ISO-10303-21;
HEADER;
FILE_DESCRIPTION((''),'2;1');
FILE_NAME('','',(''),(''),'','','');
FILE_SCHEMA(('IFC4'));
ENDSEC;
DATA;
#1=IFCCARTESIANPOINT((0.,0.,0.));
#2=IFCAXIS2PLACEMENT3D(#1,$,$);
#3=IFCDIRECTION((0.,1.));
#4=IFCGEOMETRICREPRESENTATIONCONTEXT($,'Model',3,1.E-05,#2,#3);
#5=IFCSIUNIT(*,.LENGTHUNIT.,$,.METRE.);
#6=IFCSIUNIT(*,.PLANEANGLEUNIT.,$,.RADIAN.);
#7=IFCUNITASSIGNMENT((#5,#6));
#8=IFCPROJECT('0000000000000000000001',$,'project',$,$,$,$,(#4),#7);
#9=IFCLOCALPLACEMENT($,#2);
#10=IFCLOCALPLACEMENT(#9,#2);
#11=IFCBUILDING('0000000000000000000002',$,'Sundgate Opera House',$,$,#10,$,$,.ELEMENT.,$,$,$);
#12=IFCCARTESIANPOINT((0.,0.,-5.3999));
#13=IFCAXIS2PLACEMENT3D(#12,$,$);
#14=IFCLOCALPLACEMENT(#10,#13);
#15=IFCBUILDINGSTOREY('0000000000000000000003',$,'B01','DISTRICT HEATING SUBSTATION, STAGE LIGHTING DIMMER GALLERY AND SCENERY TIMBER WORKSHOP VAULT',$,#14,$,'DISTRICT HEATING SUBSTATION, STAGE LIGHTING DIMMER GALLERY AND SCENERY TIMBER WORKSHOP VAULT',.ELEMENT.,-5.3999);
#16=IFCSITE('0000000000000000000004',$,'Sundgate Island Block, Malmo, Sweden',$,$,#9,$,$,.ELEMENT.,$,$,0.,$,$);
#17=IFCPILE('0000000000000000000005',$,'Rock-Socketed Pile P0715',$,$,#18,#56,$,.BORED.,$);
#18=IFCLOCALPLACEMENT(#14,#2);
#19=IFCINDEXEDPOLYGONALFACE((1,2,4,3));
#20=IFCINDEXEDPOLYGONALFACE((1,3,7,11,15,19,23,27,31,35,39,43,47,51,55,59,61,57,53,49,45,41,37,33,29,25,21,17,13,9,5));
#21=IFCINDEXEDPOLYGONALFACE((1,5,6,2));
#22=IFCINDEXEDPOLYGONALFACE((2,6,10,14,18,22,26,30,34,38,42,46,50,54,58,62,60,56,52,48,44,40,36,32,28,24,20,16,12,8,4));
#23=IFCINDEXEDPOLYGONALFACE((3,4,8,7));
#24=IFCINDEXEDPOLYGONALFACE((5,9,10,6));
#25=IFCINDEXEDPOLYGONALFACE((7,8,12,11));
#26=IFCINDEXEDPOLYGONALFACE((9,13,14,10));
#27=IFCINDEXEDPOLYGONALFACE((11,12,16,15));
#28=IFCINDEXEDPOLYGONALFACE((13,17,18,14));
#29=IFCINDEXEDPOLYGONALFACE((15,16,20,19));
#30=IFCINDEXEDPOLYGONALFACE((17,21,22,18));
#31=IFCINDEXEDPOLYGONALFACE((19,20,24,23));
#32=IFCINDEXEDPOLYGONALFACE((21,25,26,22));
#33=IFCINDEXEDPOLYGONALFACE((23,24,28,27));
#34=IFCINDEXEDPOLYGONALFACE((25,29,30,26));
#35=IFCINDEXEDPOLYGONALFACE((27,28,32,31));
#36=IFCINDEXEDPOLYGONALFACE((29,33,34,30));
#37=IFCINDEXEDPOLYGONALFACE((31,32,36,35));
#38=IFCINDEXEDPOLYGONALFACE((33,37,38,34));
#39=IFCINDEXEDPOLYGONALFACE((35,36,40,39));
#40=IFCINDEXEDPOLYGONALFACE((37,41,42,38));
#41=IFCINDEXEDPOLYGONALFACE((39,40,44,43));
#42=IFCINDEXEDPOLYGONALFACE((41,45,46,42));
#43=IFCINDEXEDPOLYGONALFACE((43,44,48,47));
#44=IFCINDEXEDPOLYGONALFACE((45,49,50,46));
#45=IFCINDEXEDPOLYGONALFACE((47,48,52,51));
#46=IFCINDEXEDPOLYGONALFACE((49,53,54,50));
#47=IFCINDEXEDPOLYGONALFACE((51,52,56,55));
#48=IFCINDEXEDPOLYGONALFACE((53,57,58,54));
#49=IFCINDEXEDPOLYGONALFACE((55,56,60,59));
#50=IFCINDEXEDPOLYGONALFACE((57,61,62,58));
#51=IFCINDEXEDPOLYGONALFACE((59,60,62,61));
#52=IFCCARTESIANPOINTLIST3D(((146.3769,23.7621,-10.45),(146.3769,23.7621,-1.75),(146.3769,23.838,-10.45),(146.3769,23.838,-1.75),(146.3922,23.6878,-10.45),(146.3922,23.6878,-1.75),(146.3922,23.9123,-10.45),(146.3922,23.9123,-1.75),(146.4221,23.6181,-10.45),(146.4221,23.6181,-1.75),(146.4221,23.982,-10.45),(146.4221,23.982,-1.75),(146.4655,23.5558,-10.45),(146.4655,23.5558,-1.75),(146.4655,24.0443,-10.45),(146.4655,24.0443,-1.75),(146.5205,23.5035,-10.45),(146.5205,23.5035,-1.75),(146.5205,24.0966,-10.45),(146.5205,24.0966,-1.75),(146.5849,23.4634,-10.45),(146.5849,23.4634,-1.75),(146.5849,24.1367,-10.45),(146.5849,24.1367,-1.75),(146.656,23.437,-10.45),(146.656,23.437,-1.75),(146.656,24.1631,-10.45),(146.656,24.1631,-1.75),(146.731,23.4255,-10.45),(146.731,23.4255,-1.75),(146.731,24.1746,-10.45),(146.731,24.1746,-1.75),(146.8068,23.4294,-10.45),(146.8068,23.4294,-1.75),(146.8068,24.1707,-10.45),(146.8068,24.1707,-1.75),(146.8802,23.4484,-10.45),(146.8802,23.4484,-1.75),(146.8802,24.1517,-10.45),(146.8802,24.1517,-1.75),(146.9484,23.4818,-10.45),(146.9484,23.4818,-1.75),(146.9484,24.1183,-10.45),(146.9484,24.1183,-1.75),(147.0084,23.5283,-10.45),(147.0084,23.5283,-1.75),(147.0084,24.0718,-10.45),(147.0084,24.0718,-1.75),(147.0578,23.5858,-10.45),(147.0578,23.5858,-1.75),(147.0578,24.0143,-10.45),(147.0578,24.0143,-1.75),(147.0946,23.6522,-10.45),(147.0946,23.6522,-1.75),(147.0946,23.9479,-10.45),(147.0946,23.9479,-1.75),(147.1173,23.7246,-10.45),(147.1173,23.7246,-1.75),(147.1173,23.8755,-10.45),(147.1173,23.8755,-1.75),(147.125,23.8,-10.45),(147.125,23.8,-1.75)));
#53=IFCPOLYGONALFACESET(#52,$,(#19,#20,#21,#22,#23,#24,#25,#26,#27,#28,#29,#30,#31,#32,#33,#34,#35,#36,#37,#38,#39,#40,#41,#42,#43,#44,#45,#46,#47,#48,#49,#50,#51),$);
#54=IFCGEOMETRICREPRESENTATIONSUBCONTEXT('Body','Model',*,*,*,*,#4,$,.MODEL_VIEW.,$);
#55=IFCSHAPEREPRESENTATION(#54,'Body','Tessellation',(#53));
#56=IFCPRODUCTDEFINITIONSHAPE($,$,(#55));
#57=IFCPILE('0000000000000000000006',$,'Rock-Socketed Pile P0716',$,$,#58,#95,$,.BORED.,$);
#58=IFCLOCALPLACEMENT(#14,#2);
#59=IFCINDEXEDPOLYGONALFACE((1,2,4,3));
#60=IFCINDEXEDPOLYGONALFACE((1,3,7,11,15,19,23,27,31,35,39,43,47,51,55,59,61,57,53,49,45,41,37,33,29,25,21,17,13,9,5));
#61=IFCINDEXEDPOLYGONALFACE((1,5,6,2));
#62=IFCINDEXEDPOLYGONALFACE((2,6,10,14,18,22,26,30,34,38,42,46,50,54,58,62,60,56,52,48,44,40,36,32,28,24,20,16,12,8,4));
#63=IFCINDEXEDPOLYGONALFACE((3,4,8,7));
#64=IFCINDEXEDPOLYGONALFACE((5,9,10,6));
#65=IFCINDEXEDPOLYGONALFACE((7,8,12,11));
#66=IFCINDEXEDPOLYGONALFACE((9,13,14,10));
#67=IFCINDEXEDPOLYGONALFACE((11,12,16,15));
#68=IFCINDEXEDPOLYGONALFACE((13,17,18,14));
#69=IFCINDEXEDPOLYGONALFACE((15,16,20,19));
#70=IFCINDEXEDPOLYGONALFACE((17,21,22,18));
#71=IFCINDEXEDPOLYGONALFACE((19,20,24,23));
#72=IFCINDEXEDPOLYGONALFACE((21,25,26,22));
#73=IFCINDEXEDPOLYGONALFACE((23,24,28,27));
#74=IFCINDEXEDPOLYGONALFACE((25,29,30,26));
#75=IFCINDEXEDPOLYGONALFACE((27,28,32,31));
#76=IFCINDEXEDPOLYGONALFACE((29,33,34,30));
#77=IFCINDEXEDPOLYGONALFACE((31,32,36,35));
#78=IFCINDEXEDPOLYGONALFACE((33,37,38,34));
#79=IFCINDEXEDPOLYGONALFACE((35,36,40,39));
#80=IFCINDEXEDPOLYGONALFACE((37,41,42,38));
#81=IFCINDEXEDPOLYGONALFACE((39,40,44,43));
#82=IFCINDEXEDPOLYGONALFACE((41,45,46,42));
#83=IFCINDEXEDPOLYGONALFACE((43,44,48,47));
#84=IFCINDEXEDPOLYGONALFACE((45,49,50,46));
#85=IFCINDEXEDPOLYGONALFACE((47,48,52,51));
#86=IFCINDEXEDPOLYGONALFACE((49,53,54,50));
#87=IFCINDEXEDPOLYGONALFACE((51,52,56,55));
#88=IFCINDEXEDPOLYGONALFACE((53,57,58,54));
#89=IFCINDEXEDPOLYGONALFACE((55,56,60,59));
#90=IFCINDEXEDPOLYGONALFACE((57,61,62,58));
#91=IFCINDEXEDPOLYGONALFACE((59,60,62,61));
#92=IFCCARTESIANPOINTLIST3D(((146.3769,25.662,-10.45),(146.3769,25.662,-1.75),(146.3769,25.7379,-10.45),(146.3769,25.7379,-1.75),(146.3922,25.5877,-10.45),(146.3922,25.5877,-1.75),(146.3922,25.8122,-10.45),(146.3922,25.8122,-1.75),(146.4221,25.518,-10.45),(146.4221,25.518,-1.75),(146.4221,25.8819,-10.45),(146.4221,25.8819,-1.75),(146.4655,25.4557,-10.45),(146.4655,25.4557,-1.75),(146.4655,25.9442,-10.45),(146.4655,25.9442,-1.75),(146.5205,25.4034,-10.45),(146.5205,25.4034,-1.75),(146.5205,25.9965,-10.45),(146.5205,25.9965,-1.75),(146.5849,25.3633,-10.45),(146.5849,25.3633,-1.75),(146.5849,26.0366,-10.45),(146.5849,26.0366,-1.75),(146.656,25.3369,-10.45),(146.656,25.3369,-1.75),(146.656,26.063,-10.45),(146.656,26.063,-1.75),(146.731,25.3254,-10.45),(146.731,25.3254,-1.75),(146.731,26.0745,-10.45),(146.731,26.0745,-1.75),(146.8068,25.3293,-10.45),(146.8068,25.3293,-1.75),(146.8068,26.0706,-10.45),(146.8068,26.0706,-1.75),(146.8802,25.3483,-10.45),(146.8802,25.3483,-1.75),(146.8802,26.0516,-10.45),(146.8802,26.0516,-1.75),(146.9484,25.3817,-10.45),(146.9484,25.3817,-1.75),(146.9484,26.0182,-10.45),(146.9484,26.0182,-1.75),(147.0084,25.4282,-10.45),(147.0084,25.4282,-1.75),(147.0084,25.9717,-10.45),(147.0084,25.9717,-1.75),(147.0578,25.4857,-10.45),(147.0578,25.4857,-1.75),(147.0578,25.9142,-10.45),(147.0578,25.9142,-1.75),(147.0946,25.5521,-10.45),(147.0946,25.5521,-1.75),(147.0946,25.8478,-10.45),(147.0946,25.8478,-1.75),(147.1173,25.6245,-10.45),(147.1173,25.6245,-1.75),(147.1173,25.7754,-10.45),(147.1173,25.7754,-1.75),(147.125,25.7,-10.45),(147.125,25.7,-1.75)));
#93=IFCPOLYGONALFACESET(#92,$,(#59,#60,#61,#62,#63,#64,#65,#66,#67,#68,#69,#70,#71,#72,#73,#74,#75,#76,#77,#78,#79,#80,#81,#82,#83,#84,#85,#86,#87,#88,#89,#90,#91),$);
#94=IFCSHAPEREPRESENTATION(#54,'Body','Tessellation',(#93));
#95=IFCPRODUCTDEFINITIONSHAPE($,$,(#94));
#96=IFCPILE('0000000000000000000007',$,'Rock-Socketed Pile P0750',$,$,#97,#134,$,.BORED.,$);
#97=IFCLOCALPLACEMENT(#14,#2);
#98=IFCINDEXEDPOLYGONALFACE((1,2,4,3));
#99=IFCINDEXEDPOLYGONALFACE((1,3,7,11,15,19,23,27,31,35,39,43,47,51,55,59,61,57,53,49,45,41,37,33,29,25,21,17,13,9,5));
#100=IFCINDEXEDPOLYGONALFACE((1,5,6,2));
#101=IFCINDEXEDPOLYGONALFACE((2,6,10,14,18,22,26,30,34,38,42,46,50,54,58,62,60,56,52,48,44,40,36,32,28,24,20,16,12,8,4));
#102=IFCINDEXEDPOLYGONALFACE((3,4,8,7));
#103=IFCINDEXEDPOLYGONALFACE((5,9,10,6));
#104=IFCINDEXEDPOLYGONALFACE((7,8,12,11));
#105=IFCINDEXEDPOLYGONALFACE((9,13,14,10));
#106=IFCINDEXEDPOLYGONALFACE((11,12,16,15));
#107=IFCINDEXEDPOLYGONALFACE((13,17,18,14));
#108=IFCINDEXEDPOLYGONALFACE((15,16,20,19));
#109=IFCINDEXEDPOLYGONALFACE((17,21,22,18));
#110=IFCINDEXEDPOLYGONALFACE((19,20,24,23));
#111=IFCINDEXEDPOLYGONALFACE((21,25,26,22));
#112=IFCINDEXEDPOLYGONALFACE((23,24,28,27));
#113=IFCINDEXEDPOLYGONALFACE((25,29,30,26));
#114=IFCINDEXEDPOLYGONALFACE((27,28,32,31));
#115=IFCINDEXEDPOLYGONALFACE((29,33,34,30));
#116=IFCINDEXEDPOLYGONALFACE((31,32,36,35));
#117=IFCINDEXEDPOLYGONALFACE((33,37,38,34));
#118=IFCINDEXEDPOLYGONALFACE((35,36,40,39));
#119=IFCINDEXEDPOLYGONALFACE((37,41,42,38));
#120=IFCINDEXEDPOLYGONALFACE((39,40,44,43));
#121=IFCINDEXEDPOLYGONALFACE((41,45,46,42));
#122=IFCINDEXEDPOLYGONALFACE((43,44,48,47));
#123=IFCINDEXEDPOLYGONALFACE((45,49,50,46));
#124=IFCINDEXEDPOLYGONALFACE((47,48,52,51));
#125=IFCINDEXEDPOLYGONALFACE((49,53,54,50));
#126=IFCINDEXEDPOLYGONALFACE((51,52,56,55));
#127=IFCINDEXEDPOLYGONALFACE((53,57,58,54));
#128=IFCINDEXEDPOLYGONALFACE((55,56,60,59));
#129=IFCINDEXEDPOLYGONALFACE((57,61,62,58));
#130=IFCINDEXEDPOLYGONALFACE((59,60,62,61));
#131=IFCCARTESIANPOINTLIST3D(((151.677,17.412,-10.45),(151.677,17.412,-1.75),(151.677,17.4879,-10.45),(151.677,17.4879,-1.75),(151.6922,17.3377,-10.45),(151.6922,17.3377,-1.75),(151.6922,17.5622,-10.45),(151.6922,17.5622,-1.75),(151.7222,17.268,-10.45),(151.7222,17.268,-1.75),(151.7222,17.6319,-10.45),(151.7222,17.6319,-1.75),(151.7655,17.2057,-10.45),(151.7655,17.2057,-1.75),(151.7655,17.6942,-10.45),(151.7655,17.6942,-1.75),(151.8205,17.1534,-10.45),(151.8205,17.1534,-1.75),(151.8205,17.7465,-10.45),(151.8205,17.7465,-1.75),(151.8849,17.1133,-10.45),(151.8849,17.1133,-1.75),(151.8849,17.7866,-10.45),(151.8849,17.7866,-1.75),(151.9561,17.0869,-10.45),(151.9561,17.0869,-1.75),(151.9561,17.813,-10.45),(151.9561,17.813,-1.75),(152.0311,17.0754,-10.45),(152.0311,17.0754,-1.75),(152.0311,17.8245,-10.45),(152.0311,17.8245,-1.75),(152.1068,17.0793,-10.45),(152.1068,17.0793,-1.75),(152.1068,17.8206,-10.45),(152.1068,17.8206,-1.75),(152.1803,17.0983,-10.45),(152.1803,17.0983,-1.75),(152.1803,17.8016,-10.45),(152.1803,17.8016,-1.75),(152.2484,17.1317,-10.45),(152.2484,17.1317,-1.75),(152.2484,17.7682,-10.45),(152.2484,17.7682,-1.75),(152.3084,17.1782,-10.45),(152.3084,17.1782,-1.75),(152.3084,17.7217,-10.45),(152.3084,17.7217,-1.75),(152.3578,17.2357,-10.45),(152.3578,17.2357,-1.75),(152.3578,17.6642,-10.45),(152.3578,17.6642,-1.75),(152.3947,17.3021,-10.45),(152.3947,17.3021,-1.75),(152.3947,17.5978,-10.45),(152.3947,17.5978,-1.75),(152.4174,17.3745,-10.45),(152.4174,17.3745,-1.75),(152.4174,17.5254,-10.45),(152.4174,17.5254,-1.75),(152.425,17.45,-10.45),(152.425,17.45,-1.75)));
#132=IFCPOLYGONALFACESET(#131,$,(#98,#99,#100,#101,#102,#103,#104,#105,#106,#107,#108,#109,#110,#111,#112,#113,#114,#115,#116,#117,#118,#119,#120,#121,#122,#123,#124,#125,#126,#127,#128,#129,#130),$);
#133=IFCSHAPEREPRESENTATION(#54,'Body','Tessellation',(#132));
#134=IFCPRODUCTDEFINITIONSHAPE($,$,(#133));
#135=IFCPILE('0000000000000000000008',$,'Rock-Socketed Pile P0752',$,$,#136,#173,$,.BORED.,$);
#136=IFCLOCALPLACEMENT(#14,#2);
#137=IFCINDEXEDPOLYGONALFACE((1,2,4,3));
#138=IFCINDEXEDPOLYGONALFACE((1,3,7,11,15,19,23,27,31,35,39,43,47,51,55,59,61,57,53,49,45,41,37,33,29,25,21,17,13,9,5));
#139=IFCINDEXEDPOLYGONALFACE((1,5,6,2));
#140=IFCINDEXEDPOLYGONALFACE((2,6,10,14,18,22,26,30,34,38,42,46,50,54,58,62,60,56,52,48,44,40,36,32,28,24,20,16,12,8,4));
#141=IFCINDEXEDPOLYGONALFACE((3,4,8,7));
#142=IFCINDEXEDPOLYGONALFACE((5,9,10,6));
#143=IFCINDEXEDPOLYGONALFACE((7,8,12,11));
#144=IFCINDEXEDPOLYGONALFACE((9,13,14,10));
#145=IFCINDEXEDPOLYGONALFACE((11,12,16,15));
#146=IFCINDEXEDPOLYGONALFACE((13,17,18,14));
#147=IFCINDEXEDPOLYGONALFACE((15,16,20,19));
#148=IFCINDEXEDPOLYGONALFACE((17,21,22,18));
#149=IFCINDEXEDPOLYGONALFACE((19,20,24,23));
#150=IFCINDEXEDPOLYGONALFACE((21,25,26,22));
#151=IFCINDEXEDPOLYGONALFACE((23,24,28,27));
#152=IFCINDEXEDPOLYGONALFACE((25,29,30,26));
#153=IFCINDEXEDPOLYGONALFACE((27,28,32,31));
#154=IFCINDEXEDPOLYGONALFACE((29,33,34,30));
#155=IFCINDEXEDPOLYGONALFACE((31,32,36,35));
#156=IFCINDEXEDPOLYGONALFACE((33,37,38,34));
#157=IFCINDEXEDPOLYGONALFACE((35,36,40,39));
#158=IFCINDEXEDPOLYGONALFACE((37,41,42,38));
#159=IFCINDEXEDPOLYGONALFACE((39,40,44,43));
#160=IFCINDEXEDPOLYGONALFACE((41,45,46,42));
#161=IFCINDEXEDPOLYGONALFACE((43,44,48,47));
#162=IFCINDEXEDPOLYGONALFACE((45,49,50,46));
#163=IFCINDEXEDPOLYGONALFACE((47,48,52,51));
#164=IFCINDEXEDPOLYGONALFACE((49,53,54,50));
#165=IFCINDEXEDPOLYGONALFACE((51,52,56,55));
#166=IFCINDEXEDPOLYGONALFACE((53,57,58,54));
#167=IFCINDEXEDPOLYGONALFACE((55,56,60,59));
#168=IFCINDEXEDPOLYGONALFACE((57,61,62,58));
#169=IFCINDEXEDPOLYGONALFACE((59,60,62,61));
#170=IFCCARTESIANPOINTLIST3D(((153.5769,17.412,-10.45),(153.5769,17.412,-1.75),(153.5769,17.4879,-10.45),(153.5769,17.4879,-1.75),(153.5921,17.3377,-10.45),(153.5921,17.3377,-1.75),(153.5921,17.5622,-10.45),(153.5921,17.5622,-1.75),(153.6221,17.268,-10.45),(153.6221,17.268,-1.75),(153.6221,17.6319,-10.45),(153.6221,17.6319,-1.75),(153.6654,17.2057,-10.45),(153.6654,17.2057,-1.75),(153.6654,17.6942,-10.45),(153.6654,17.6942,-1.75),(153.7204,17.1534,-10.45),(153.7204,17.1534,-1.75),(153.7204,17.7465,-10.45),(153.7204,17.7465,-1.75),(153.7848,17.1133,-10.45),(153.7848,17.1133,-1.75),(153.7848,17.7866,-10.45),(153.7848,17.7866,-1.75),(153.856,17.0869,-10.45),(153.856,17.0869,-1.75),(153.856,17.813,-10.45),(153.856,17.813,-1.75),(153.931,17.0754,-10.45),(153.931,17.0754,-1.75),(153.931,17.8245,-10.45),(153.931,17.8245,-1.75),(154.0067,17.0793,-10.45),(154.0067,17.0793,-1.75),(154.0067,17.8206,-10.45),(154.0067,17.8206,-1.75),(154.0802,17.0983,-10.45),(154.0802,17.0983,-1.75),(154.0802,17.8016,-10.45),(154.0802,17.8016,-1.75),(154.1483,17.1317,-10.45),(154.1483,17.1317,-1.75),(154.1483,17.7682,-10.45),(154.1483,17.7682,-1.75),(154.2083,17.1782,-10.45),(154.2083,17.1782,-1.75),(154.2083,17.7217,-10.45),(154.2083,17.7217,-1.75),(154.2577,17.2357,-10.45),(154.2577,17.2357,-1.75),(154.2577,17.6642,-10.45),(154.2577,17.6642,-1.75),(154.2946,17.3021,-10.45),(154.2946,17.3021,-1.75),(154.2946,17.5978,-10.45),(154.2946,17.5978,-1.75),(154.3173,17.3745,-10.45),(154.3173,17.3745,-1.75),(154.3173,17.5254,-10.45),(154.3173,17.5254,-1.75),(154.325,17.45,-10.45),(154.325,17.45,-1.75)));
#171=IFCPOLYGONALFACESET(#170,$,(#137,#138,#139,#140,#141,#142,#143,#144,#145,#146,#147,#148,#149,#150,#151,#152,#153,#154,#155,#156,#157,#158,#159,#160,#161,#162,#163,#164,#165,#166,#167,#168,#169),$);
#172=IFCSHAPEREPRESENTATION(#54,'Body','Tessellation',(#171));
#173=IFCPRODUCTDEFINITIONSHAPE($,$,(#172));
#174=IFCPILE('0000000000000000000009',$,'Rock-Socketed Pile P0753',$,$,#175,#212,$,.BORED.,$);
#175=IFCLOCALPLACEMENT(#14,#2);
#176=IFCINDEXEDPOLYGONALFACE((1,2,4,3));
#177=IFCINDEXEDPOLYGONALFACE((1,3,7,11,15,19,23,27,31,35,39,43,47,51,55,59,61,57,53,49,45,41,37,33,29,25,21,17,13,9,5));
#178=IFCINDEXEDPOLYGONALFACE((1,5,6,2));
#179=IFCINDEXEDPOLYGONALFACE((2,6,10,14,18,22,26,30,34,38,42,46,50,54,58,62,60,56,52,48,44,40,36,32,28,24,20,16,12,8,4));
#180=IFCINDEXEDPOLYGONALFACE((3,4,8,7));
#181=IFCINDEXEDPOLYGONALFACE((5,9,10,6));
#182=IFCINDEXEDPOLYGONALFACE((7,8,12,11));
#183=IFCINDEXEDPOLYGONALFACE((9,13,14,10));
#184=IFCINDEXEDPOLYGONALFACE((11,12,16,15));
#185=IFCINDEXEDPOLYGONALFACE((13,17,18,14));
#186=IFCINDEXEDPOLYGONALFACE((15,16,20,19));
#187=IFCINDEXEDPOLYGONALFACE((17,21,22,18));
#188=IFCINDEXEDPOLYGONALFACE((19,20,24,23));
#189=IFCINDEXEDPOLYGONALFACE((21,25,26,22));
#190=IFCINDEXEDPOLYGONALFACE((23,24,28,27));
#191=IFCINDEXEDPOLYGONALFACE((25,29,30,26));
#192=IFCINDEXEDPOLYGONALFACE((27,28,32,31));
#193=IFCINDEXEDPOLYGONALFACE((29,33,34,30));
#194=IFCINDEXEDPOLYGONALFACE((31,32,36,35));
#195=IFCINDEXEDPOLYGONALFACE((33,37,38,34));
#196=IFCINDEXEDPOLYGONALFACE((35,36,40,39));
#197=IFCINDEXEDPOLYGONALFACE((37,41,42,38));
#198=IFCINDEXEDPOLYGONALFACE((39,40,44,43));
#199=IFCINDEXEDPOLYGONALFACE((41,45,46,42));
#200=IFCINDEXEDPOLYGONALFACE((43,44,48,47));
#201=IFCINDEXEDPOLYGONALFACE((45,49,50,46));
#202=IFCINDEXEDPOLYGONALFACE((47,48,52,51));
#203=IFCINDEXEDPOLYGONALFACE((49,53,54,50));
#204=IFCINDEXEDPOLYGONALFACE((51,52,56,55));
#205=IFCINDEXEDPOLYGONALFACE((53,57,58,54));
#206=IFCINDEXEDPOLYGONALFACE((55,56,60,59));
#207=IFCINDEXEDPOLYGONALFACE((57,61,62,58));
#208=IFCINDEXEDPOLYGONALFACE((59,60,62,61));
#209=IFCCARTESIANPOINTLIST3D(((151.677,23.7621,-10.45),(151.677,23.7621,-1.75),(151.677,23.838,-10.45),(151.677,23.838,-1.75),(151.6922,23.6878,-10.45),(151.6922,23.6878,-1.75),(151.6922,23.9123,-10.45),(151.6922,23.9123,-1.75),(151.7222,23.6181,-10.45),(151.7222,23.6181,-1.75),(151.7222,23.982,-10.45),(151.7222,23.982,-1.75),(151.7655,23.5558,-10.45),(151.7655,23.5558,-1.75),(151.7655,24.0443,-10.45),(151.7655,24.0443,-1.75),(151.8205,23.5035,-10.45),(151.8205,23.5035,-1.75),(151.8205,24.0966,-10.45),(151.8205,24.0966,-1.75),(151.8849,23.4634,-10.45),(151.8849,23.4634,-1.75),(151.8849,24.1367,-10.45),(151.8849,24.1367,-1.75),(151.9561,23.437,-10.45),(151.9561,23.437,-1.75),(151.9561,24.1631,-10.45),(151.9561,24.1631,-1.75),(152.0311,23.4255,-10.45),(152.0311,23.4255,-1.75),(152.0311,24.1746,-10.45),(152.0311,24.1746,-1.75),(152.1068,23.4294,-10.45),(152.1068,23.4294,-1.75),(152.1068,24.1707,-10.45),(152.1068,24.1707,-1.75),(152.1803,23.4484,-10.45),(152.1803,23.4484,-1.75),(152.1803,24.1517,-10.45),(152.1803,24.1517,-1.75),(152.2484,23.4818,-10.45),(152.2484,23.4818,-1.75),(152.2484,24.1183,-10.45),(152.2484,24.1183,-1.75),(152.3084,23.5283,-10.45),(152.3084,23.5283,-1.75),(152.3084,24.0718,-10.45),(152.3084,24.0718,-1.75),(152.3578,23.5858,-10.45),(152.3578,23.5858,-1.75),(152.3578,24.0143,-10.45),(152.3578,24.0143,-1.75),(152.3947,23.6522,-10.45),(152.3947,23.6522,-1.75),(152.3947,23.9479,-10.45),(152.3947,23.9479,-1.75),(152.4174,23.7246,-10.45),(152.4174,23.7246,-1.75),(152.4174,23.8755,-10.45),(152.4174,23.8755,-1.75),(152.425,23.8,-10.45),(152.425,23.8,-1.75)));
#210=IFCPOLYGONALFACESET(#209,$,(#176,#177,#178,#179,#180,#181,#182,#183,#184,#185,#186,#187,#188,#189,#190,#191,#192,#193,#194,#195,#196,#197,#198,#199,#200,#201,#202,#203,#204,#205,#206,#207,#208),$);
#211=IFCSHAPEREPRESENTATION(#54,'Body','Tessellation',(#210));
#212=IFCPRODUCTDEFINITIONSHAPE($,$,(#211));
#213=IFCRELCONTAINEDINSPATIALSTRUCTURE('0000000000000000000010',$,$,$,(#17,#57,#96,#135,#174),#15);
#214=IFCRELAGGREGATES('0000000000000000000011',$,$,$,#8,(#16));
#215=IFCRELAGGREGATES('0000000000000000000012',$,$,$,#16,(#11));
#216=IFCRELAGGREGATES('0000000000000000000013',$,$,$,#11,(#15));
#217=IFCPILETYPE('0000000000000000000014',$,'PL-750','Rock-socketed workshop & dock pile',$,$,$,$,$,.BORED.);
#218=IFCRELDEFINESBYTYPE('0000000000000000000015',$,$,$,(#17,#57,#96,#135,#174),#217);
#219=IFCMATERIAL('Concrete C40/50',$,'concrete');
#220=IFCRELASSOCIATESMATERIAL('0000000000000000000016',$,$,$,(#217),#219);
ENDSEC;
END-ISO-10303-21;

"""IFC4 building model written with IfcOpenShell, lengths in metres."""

from ifc_helpers import new_model, si_unit, direction, frame, origin, origin_2d, place, context, subcontext, project, spatial, circle, extrude, material, material_profile, profile_set, type_object, element, save


model = new_model("IFC4")

# Units and contexts
model_context = context("Model", 3, precision=1e-05, world=origin(), true_north=direction((0.0, 1.0)))
body_context = subcontext(model_context, "Body", "Model", "MODEL_VIEW")
ifc_project = project(units=[si_unit("LENGTHUNIT", "METRE"), si_unit("PLANEANGLEUNIT", "RADIAN")], contexts=[model_context])

# Site, building, storey
site_placement = place(None, origin())
site = spatial("IfcSite", under=ifc_project, at=site_placement, Name="Sundgate Island Block, Malmo, Sweden", CompositionType="ELEMENT", RefElevation=0.0)
building_placement = place(site_placement, origin())
building = spatial("IfcBuilding", under=site, at=building_placement, Name="Sundgate Opera House", CompositionType="ELEMENT")
storey_placement = place(building_placement, frame((0.0, 0.0, -5.3999)))
storey = spatial("IfcBuildingStorey", under=building, at=storey_placement, Name="B01", Description="DISTRICT HEATING SUBSTATION, STAGE LIGHTING DIMMER GALLERY AND SCENERY TIMBER WORKSHOP VAULT", LongName="DISTRICT HEATING SUBSTATION, STAGE LIGHTING DIMMER GALLERY AND SCENERY TIMBER WORKSHOP VAULT", CompositionType="ELEMENT", Elevation=-5.3999)

# Piles
ifc_material_1 = material(Name="Concrete C40/50", Category="concrete")
ifc_material_profile_1 = material_profile(ifc_material_1, circle(Radius=0.375, at=origin_2d()), Name="PILE D750")
ifc_profile_set_1 = profile_set([ifc_material_profile_1], Name="Concrete C40/50")
pile_type = type_object("IfcPileType", Name="PL-750", Description="Rock-socketed workshop & dock pile", PredefinedType="BORED", material=ifc_profile_set_1)
for number, where, z_axis, x_axis, name in (
    (1, (146.75, 23.8, -1.75), (0.0, 0.0, -1.0), (1.0, 0.0, 0.0), "Rock-Socketed Pile P0715"),
    (2, (146.75, 25.7, -1.75), (0.0, 0.0, -1.0), (1.0, 0.0, 0.0), "Rock-Socketed Pile P0716"),
    (3, (152.05, 17.45, -1.75), (0.0, 0.0, -1.0), (1.0, 0.0, 0.0), "Rock-Socketed Pile P0750"),
    (4, (153.95, 17.45, -1.75), (0.0, 0.0, -1.0), (1.0, 0.0, 0.0), "Rock-Socketed Pile P0752"),
    (5, (152.05, 23.8, -1.75), (0.0, 0.0, -1.0), (1.0, 0.0, 0.0), "Rock-Socketed Pile P0753"),
):
    element("IfcPile", number, at=place(storey_placement, frame(where, z_axis=z_axis, x_axis=x_axis)), inside=storey, type_object=pile_type, Name=name, PredefinedType="BORED", context=body_context, shape_type="SweptSolid", body=[
        extrude(circle(Radius=0.375, at=origin_2d()), origin(), (0.0, 0.0, 1.0), 8.7),
    ])

save(model, "model.ifc")
